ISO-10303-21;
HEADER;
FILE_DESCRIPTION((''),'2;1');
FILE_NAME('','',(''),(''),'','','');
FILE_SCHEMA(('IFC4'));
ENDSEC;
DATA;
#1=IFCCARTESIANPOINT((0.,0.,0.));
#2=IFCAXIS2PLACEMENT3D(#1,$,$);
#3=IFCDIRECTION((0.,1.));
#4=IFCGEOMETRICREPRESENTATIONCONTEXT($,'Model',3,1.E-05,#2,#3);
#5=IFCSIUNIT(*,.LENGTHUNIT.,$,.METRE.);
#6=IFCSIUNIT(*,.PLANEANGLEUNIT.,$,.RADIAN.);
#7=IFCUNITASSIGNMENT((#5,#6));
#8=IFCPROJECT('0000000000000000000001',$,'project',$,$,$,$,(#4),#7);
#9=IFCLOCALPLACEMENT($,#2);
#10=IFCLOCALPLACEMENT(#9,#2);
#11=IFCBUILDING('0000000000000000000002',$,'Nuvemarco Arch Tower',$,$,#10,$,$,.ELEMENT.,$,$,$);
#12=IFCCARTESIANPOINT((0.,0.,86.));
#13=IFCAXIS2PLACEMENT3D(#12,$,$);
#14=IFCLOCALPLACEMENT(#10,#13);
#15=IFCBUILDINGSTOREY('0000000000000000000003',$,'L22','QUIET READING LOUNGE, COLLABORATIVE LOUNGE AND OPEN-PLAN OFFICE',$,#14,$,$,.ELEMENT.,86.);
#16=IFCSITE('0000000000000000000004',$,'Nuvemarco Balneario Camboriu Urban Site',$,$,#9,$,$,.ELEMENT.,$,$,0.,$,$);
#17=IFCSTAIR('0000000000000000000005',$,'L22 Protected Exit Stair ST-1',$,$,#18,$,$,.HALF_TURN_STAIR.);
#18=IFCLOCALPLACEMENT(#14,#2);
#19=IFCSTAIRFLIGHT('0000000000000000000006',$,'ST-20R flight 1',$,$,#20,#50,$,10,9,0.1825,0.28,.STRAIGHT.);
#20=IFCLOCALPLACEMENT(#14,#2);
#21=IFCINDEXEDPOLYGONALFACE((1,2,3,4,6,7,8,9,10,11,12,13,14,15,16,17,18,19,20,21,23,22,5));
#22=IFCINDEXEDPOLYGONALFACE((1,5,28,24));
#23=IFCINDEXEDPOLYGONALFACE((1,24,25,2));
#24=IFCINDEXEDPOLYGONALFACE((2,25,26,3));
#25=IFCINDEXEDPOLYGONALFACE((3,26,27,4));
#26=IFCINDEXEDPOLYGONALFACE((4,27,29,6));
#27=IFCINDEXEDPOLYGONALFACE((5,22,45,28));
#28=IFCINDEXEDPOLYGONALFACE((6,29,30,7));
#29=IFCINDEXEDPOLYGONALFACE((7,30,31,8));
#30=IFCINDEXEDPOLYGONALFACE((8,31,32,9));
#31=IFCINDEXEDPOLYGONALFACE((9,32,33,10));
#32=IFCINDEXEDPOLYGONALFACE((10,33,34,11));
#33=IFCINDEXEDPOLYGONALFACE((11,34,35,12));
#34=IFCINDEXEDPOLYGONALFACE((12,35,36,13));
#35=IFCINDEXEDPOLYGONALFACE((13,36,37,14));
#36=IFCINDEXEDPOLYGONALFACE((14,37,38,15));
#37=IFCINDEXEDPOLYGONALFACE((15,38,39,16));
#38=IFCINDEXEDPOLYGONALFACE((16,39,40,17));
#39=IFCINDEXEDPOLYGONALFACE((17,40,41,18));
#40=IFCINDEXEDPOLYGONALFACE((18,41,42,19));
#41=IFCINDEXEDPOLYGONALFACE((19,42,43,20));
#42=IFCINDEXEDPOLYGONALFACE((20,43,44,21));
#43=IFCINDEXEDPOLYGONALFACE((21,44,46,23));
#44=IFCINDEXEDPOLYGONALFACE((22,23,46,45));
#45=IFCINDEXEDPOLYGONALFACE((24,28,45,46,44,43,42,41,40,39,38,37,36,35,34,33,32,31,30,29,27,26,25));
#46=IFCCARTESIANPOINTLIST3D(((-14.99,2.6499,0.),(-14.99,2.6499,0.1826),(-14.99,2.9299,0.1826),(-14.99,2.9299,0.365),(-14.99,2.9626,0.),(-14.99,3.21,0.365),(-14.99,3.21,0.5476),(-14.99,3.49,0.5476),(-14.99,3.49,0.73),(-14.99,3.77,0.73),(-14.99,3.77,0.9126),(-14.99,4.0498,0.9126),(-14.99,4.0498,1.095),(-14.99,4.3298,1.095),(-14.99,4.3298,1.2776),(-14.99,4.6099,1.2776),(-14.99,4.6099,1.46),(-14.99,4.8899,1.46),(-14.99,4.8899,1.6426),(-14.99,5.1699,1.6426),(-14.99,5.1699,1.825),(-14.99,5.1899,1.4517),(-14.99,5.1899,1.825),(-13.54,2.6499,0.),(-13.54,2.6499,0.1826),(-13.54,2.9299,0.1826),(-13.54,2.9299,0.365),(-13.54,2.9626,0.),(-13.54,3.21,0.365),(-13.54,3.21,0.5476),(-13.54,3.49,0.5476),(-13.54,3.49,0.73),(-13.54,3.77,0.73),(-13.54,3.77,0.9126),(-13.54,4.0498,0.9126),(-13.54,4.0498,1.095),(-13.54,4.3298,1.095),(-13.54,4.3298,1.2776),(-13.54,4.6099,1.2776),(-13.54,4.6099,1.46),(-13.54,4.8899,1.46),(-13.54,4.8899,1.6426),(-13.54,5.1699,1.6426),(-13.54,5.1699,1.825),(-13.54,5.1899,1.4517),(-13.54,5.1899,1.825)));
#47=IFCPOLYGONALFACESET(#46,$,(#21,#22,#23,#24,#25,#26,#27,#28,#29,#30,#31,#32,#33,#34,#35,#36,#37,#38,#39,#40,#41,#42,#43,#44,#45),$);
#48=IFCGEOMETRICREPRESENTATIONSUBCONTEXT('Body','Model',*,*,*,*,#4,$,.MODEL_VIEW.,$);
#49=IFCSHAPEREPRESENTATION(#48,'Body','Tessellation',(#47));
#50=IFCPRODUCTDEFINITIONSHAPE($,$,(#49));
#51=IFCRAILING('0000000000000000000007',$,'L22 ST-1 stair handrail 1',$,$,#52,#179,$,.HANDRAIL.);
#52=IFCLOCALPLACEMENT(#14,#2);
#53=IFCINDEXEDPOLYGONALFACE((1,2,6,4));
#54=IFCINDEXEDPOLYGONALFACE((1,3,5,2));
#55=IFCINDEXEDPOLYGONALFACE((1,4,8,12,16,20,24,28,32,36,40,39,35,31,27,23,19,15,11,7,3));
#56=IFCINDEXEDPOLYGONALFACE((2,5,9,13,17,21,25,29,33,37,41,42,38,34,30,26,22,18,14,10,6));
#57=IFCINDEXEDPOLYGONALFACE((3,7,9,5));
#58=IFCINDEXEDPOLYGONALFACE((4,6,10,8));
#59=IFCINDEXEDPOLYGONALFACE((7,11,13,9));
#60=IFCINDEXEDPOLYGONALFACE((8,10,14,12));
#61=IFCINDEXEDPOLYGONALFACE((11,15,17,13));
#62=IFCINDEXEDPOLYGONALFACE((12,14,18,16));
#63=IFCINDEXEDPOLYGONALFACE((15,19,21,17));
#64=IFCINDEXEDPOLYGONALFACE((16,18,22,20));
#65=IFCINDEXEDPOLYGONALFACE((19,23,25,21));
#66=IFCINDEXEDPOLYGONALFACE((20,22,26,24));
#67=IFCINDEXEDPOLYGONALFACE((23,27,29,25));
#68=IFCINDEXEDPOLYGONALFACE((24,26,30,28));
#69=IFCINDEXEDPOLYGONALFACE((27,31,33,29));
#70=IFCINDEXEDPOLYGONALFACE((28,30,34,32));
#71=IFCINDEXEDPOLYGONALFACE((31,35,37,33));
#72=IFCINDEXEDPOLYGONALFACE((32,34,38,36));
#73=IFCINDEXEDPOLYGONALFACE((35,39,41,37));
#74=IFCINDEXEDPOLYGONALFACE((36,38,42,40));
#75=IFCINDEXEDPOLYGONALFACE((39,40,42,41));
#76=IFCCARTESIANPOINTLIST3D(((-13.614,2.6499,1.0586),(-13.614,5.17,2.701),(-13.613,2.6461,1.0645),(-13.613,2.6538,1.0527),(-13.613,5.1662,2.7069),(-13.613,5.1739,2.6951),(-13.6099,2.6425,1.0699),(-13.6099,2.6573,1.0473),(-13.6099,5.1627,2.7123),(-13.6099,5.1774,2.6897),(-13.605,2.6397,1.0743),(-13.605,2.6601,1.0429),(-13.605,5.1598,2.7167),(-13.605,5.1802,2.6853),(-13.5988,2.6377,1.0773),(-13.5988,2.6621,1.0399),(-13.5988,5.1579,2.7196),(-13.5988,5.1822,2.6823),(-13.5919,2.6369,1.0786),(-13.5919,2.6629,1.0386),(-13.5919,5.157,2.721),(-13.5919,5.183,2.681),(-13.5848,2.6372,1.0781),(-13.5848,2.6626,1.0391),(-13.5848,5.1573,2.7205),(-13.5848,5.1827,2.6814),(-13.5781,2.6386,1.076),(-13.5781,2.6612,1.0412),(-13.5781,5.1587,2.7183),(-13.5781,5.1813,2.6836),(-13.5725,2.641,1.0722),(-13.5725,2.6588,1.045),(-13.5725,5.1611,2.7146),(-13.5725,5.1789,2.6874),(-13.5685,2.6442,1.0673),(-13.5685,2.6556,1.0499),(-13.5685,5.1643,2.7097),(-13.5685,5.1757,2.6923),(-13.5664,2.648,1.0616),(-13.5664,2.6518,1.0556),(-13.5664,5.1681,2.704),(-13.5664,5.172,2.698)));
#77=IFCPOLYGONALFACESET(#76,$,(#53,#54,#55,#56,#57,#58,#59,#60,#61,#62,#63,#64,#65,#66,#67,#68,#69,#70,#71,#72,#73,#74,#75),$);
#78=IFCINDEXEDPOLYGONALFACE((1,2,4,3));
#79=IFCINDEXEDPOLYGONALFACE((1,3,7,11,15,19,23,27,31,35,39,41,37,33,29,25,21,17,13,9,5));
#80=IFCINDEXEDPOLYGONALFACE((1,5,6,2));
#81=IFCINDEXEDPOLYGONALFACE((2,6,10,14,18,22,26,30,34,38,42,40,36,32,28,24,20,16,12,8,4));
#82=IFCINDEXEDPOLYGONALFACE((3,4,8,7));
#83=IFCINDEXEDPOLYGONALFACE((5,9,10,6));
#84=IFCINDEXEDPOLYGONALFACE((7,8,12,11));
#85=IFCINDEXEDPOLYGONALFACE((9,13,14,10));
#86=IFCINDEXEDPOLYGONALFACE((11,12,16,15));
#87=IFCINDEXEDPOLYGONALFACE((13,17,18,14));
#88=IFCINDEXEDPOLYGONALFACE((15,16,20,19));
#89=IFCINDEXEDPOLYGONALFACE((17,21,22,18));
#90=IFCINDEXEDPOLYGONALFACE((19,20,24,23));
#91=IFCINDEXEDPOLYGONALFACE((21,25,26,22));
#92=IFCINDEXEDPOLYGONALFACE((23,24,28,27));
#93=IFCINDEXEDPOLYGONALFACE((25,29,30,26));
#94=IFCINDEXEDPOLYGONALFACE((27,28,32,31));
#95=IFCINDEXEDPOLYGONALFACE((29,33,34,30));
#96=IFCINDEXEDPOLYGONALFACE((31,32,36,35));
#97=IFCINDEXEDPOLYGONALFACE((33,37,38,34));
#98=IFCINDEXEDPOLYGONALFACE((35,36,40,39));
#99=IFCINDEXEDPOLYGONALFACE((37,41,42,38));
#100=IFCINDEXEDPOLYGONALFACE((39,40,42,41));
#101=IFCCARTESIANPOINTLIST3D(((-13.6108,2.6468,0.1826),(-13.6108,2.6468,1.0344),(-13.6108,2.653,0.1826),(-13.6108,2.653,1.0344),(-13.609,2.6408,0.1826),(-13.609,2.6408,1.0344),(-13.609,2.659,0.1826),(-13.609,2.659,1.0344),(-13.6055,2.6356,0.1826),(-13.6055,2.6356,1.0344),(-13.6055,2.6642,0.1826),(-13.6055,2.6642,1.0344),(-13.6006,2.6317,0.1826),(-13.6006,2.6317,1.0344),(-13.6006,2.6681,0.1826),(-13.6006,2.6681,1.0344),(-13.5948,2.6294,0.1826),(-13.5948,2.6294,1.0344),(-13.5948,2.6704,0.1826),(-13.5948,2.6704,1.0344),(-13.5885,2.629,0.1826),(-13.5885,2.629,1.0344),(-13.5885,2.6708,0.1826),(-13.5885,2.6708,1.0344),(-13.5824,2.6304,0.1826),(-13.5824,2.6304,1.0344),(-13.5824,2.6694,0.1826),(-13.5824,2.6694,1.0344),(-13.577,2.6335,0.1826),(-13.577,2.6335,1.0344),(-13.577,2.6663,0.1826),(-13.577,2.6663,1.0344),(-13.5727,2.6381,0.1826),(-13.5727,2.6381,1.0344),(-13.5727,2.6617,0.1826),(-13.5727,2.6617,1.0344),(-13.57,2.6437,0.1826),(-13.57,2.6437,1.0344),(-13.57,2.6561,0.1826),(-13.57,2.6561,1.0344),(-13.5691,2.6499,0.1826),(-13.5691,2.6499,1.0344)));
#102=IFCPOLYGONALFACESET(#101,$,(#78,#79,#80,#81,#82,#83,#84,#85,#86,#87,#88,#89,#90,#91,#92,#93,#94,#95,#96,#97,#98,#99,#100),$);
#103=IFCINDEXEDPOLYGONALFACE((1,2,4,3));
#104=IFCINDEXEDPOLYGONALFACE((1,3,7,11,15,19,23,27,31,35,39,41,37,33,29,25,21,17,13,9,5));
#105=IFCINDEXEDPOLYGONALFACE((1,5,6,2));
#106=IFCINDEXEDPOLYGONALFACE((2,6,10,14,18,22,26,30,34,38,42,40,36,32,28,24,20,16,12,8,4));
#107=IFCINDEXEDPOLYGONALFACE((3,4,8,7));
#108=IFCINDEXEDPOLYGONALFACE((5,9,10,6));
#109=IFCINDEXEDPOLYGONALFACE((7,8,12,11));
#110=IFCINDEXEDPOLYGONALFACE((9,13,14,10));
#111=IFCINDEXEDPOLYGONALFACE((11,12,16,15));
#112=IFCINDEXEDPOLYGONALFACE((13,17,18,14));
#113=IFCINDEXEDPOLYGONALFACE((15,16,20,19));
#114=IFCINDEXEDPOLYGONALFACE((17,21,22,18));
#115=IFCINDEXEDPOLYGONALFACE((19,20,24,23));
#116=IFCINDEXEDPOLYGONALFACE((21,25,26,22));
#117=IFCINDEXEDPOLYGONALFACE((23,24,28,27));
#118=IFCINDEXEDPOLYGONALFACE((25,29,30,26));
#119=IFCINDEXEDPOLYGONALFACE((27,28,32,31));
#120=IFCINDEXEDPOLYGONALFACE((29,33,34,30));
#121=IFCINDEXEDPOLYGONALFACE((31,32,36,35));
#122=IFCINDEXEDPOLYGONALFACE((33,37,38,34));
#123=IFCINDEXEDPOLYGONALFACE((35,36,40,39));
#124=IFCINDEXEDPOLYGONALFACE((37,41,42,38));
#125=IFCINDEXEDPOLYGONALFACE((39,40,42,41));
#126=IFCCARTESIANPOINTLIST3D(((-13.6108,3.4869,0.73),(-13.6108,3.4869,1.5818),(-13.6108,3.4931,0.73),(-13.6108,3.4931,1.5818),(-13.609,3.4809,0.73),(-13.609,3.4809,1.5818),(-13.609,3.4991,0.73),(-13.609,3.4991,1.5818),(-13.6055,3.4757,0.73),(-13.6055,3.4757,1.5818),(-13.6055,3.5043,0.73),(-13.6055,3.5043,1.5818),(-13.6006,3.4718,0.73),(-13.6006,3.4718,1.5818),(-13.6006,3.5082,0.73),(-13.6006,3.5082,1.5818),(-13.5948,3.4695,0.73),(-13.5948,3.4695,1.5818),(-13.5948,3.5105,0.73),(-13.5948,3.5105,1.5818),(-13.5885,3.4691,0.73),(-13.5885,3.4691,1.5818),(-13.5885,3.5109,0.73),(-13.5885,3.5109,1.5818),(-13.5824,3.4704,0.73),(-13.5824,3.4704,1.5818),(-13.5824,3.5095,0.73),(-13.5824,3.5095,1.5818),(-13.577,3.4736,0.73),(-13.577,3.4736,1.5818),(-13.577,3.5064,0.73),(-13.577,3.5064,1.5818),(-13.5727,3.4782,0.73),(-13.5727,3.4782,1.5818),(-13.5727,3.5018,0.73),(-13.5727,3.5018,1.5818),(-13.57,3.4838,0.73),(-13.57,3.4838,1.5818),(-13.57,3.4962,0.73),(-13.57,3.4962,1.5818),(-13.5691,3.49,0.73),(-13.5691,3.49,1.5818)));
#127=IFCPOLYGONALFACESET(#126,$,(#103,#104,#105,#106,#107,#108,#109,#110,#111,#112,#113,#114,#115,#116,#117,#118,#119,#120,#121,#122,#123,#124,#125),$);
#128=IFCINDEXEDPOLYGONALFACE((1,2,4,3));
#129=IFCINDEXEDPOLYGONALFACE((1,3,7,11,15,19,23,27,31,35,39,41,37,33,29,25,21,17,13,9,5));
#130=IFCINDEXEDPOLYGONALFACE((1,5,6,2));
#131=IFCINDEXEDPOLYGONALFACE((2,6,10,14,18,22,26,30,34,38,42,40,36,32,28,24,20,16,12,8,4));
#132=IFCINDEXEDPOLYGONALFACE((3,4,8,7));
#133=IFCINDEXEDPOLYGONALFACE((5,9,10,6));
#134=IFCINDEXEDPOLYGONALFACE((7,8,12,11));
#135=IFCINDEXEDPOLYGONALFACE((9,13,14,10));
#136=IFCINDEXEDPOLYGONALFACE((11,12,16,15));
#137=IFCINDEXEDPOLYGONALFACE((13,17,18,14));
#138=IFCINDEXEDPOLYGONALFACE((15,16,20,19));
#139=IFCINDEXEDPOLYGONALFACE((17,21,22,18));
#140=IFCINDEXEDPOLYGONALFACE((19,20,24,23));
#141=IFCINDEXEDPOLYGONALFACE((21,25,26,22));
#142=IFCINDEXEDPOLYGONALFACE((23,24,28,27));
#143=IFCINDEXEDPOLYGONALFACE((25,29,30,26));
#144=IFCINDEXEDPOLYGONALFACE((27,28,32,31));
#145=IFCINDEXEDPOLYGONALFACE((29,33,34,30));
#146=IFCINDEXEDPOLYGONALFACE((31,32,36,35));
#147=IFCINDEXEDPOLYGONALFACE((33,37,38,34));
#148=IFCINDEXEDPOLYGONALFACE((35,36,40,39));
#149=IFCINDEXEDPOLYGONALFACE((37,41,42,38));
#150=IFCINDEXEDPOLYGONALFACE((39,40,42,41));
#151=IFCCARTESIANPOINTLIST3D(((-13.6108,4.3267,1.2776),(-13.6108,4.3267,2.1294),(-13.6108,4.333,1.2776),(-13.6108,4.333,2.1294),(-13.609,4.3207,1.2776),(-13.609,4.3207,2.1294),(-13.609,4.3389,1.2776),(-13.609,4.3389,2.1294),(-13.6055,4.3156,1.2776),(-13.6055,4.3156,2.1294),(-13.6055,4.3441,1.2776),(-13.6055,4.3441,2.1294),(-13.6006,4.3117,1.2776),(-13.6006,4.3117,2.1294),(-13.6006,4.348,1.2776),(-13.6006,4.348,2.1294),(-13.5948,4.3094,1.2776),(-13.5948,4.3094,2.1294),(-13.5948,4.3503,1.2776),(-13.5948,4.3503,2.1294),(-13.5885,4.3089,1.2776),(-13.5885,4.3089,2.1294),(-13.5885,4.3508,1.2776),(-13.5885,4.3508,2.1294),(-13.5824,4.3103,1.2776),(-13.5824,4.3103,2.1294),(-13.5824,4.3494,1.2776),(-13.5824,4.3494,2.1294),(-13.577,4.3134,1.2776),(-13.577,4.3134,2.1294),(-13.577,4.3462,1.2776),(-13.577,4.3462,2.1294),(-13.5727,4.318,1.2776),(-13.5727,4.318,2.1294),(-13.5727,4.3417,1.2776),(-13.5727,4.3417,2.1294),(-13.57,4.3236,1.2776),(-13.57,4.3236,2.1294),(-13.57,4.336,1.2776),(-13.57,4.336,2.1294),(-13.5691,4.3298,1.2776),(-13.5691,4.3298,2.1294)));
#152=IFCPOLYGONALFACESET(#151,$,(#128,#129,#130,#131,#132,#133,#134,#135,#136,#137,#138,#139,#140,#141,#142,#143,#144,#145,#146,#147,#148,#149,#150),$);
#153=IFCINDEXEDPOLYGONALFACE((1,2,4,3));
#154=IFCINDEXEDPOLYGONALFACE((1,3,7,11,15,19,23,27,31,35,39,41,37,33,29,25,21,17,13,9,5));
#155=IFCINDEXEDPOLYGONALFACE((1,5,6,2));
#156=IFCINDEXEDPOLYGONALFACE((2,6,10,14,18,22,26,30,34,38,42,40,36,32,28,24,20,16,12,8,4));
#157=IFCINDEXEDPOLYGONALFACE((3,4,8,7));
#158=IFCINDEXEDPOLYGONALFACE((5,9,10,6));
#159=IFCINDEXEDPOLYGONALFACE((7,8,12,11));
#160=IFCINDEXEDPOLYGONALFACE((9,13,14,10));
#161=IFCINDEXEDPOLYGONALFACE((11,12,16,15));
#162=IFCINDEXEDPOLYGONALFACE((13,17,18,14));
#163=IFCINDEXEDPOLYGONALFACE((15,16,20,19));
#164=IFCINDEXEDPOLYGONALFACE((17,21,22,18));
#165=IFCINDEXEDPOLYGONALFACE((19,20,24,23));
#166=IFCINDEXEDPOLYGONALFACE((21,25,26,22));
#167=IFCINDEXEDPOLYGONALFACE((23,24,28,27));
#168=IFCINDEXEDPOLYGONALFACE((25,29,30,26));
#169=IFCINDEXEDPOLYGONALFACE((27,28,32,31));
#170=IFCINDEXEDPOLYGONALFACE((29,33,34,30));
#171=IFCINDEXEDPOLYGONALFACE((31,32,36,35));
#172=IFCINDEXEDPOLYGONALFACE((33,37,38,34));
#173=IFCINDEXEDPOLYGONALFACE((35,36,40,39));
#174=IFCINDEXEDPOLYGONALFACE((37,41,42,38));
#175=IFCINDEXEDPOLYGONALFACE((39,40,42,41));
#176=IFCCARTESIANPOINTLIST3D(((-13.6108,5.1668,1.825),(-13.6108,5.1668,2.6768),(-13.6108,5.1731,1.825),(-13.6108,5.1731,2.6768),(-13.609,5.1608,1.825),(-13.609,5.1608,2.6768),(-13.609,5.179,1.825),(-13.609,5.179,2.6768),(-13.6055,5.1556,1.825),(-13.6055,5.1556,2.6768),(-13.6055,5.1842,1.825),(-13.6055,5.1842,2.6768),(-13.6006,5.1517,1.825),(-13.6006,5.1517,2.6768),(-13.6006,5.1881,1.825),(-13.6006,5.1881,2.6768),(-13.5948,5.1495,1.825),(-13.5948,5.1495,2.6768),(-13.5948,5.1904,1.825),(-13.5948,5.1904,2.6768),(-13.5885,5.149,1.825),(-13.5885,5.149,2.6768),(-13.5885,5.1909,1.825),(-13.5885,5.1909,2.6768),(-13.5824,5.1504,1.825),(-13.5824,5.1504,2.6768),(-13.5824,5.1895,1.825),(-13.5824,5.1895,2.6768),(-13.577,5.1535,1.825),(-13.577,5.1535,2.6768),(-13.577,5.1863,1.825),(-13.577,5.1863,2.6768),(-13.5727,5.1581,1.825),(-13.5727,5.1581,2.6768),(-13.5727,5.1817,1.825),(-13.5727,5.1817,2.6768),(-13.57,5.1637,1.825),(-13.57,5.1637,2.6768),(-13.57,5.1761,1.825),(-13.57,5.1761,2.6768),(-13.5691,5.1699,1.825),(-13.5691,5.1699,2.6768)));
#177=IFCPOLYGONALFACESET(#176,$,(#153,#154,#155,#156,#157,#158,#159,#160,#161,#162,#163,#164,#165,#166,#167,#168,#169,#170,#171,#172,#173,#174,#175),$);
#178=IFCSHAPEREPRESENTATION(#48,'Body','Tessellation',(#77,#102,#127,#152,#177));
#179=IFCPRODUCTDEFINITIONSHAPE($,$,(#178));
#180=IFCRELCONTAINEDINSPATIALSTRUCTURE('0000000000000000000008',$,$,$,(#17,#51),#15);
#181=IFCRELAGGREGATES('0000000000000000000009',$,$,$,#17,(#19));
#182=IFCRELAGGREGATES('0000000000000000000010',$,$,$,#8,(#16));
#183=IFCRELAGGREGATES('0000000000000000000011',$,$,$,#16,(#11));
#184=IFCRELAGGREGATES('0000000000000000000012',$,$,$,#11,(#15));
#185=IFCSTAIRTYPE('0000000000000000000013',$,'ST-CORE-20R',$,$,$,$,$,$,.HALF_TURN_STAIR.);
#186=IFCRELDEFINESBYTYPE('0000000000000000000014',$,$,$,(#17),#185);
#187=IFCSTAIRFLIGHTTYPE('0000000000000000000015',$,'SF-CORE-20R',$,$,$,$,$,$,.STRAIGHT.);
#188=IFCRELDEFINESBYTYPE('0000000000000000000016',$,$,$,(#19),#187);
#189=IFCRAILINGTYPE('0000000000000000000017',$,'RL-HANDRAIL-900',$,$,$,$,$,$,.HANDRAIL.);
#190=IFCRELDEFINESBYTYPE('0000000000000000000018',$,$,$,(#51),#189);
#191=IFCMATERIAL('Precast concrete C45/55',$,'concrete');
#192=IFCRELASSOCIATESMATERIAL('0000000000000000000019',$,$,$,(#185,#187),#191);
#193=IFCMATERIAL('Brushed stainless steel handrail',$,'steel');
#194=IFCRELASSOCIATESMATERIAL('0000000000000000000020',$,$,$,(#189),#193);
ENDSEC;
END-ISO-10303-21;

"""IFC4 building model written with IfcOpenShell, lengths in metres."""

from ifc_helpers import new_model, si_unit, direction, frame, origin, origin_2d, place, context, subcontext, project, spatial, polyline, circle, outline, extrude, material, type_object, element, aggregate, save


model = new_model("IFC4")

# Units and contexts
model_context = context("Model", 3, precision=1e-05, world=origin(), true_north=direction((0.0, 1.0)))
body_context = subcontext(model_context, "Body", "Model", "MODEL_VIEW")
ifc_project = project(units=[si_unit("LENGTHUNIT", "METRE"), si_unit("PLANEANGLEUNIT", "RADIAN")], contexts=[model_context])

# Site, building, storey
site_placement = place(None, origin())
site = spatial("IfcSite", under=ifc_project, at=site_placement, Name="Nuvemarco Balneario Camboriu Urban Site", CompositionType="ELEMENT", RefElevation=0.0)
building_placement = place(site_placement, origin())
building = spatial("IfcBuilding", under=site, at=building_placement, Name="Nuvemarco Arch Tower", CompositionType="ELEMENT")
storey_placement = place(building_placement, frame((0.0, 0.0, 86.0)))
storey = spatial("IfcBuildingStorey", under=building, at=storey_placement, Name="L22", Description="QUIET READING LOUNGE, COLLABORATIVE LOUNGE AND OPEN-PLAN OFFICE", CompositionType="ELEMENT", Elevation=86.0)

# Stair, stair flight
ifc_material_1 = material(Name="Precast concrete C45/55", Category="concrete")
stair_type = type_object("IfcStairType", Name="ST-CORE-20R", PredefinedType="HALF_TURN_STAIR", material=ifc_material_1)
stair_placement = place(storey_placement, origin())
stair = element("IfcStair", 1, at=stair_placement, inside=storey, type_object=stair_type, Name="L22 Protected Exit Stair ST-1", PredefinedType="HALF_TURN_STAIR")
stair_flight_type = type_object("IfcStairFlightType", Name="SF-CORE-20R", PredefinedType="STRAIGHT", material=ifc_material_1)
stair_flight_placement = place(storey_placement, frame((-14.2649, 2.6499, 0.0), z_axis=(0.0, 0.0, 1.0), x_axis=(0.0, 1.0, 0.0)))
stair_flight = element("IfcStairFlight", 2, at=stair_flight_placement, type_object=stair_flight_type, Name="ST-20R flight 1", NumberOfRisers=10, NumberOfTreads=9, PredefinedType="STRAIGHT", RiserHeight=0.1825, TreadLength=0.28, context=body_context, shape_type="SweptSolid", body=[
    extrude(outline(polyline([(0.0, 0.0), (0.0, 0.1826), (0.28, 0.1826), (0.28, 0.365), (0.5601, 0.365), (0.5601, 0.5476), (0.8401, 0.5476), (0.8401, 0.73), (1.1201, 0.73), (1.1201, 0.9126), (1.3999, 0.9126), (1.3999, 1.095), (1.6799, 1.095), (1.6799, 1.2776), (1.96, 1.2776), (1.96, 1.46), (2.24, 1.46), (2.24, 1.6426), (2.52, 1.6426), (2.52, 1.825), (2.54, 1.825), (2.54, 1.4517), (0.3127, 0.0), (0.0, 0.0)])), frame((0.0, 0.7251, 0.0), z_axis=(0.0, -1.0, 0.0), x_axis=(1.0, 0.0, 0.0)), (0.0, 0.0, 1.0), 1.45),
])
aggregate(stair, [stair_flight])

# Railing
ifc_material_2 = material(Name="Brushed stainless steel handrail", Category="steel")
railing_type_1 = type_object("IfcRailingType", Name="RL-HANDRAIL-900", PredefinedType="HANDRAIL", material=ifc_material_2)
railing_1_placement = place(storey_placement, frame((-13.5901, 2.6499, 0.1826)))
element("IfcRailing", 3, at=railing_1_placement, inside=storey, type_object=railing_type_1, Name="L22 ST-1 stair handrail 1", PredefinedType="HANDRAIL", context=body_context, shape_type="SweptSolid", body=[
    extrude(circle(Radius=0.0239, at=origin_2d()), frame((0.0, 0.0, 0.876), z_axis=(0.0, 0.837787, 0.545998), x_axis=(-1.0, 0.0, 0.0)), (0.0, 0.0, 1.0), 3.0081),
    extrude(circle(Radius=0.021, at=origin_2d()), origin(), (0.0, 0.0, 1.0), 0.8518),
    extrude(circle(Radius=0.021, at=origin_2d()), frame((0.0, 0.8401, 0.5474)), (0.0, 0.0, 1.0), 0.8518),
    extrude(circle(Radius=0.021, at=origin_2d()), frame((0.0, 1.6799, 1.095)), (0.0, 0.0, 1.0), 0.8518),
    extrude(circle(Radius=0.021, at=origin_2d()), frame((0.0, 2.52, 1.6423)), (0.0, 0.0, 1.0), 0.8518),
])

save(model, "model.ifc")
